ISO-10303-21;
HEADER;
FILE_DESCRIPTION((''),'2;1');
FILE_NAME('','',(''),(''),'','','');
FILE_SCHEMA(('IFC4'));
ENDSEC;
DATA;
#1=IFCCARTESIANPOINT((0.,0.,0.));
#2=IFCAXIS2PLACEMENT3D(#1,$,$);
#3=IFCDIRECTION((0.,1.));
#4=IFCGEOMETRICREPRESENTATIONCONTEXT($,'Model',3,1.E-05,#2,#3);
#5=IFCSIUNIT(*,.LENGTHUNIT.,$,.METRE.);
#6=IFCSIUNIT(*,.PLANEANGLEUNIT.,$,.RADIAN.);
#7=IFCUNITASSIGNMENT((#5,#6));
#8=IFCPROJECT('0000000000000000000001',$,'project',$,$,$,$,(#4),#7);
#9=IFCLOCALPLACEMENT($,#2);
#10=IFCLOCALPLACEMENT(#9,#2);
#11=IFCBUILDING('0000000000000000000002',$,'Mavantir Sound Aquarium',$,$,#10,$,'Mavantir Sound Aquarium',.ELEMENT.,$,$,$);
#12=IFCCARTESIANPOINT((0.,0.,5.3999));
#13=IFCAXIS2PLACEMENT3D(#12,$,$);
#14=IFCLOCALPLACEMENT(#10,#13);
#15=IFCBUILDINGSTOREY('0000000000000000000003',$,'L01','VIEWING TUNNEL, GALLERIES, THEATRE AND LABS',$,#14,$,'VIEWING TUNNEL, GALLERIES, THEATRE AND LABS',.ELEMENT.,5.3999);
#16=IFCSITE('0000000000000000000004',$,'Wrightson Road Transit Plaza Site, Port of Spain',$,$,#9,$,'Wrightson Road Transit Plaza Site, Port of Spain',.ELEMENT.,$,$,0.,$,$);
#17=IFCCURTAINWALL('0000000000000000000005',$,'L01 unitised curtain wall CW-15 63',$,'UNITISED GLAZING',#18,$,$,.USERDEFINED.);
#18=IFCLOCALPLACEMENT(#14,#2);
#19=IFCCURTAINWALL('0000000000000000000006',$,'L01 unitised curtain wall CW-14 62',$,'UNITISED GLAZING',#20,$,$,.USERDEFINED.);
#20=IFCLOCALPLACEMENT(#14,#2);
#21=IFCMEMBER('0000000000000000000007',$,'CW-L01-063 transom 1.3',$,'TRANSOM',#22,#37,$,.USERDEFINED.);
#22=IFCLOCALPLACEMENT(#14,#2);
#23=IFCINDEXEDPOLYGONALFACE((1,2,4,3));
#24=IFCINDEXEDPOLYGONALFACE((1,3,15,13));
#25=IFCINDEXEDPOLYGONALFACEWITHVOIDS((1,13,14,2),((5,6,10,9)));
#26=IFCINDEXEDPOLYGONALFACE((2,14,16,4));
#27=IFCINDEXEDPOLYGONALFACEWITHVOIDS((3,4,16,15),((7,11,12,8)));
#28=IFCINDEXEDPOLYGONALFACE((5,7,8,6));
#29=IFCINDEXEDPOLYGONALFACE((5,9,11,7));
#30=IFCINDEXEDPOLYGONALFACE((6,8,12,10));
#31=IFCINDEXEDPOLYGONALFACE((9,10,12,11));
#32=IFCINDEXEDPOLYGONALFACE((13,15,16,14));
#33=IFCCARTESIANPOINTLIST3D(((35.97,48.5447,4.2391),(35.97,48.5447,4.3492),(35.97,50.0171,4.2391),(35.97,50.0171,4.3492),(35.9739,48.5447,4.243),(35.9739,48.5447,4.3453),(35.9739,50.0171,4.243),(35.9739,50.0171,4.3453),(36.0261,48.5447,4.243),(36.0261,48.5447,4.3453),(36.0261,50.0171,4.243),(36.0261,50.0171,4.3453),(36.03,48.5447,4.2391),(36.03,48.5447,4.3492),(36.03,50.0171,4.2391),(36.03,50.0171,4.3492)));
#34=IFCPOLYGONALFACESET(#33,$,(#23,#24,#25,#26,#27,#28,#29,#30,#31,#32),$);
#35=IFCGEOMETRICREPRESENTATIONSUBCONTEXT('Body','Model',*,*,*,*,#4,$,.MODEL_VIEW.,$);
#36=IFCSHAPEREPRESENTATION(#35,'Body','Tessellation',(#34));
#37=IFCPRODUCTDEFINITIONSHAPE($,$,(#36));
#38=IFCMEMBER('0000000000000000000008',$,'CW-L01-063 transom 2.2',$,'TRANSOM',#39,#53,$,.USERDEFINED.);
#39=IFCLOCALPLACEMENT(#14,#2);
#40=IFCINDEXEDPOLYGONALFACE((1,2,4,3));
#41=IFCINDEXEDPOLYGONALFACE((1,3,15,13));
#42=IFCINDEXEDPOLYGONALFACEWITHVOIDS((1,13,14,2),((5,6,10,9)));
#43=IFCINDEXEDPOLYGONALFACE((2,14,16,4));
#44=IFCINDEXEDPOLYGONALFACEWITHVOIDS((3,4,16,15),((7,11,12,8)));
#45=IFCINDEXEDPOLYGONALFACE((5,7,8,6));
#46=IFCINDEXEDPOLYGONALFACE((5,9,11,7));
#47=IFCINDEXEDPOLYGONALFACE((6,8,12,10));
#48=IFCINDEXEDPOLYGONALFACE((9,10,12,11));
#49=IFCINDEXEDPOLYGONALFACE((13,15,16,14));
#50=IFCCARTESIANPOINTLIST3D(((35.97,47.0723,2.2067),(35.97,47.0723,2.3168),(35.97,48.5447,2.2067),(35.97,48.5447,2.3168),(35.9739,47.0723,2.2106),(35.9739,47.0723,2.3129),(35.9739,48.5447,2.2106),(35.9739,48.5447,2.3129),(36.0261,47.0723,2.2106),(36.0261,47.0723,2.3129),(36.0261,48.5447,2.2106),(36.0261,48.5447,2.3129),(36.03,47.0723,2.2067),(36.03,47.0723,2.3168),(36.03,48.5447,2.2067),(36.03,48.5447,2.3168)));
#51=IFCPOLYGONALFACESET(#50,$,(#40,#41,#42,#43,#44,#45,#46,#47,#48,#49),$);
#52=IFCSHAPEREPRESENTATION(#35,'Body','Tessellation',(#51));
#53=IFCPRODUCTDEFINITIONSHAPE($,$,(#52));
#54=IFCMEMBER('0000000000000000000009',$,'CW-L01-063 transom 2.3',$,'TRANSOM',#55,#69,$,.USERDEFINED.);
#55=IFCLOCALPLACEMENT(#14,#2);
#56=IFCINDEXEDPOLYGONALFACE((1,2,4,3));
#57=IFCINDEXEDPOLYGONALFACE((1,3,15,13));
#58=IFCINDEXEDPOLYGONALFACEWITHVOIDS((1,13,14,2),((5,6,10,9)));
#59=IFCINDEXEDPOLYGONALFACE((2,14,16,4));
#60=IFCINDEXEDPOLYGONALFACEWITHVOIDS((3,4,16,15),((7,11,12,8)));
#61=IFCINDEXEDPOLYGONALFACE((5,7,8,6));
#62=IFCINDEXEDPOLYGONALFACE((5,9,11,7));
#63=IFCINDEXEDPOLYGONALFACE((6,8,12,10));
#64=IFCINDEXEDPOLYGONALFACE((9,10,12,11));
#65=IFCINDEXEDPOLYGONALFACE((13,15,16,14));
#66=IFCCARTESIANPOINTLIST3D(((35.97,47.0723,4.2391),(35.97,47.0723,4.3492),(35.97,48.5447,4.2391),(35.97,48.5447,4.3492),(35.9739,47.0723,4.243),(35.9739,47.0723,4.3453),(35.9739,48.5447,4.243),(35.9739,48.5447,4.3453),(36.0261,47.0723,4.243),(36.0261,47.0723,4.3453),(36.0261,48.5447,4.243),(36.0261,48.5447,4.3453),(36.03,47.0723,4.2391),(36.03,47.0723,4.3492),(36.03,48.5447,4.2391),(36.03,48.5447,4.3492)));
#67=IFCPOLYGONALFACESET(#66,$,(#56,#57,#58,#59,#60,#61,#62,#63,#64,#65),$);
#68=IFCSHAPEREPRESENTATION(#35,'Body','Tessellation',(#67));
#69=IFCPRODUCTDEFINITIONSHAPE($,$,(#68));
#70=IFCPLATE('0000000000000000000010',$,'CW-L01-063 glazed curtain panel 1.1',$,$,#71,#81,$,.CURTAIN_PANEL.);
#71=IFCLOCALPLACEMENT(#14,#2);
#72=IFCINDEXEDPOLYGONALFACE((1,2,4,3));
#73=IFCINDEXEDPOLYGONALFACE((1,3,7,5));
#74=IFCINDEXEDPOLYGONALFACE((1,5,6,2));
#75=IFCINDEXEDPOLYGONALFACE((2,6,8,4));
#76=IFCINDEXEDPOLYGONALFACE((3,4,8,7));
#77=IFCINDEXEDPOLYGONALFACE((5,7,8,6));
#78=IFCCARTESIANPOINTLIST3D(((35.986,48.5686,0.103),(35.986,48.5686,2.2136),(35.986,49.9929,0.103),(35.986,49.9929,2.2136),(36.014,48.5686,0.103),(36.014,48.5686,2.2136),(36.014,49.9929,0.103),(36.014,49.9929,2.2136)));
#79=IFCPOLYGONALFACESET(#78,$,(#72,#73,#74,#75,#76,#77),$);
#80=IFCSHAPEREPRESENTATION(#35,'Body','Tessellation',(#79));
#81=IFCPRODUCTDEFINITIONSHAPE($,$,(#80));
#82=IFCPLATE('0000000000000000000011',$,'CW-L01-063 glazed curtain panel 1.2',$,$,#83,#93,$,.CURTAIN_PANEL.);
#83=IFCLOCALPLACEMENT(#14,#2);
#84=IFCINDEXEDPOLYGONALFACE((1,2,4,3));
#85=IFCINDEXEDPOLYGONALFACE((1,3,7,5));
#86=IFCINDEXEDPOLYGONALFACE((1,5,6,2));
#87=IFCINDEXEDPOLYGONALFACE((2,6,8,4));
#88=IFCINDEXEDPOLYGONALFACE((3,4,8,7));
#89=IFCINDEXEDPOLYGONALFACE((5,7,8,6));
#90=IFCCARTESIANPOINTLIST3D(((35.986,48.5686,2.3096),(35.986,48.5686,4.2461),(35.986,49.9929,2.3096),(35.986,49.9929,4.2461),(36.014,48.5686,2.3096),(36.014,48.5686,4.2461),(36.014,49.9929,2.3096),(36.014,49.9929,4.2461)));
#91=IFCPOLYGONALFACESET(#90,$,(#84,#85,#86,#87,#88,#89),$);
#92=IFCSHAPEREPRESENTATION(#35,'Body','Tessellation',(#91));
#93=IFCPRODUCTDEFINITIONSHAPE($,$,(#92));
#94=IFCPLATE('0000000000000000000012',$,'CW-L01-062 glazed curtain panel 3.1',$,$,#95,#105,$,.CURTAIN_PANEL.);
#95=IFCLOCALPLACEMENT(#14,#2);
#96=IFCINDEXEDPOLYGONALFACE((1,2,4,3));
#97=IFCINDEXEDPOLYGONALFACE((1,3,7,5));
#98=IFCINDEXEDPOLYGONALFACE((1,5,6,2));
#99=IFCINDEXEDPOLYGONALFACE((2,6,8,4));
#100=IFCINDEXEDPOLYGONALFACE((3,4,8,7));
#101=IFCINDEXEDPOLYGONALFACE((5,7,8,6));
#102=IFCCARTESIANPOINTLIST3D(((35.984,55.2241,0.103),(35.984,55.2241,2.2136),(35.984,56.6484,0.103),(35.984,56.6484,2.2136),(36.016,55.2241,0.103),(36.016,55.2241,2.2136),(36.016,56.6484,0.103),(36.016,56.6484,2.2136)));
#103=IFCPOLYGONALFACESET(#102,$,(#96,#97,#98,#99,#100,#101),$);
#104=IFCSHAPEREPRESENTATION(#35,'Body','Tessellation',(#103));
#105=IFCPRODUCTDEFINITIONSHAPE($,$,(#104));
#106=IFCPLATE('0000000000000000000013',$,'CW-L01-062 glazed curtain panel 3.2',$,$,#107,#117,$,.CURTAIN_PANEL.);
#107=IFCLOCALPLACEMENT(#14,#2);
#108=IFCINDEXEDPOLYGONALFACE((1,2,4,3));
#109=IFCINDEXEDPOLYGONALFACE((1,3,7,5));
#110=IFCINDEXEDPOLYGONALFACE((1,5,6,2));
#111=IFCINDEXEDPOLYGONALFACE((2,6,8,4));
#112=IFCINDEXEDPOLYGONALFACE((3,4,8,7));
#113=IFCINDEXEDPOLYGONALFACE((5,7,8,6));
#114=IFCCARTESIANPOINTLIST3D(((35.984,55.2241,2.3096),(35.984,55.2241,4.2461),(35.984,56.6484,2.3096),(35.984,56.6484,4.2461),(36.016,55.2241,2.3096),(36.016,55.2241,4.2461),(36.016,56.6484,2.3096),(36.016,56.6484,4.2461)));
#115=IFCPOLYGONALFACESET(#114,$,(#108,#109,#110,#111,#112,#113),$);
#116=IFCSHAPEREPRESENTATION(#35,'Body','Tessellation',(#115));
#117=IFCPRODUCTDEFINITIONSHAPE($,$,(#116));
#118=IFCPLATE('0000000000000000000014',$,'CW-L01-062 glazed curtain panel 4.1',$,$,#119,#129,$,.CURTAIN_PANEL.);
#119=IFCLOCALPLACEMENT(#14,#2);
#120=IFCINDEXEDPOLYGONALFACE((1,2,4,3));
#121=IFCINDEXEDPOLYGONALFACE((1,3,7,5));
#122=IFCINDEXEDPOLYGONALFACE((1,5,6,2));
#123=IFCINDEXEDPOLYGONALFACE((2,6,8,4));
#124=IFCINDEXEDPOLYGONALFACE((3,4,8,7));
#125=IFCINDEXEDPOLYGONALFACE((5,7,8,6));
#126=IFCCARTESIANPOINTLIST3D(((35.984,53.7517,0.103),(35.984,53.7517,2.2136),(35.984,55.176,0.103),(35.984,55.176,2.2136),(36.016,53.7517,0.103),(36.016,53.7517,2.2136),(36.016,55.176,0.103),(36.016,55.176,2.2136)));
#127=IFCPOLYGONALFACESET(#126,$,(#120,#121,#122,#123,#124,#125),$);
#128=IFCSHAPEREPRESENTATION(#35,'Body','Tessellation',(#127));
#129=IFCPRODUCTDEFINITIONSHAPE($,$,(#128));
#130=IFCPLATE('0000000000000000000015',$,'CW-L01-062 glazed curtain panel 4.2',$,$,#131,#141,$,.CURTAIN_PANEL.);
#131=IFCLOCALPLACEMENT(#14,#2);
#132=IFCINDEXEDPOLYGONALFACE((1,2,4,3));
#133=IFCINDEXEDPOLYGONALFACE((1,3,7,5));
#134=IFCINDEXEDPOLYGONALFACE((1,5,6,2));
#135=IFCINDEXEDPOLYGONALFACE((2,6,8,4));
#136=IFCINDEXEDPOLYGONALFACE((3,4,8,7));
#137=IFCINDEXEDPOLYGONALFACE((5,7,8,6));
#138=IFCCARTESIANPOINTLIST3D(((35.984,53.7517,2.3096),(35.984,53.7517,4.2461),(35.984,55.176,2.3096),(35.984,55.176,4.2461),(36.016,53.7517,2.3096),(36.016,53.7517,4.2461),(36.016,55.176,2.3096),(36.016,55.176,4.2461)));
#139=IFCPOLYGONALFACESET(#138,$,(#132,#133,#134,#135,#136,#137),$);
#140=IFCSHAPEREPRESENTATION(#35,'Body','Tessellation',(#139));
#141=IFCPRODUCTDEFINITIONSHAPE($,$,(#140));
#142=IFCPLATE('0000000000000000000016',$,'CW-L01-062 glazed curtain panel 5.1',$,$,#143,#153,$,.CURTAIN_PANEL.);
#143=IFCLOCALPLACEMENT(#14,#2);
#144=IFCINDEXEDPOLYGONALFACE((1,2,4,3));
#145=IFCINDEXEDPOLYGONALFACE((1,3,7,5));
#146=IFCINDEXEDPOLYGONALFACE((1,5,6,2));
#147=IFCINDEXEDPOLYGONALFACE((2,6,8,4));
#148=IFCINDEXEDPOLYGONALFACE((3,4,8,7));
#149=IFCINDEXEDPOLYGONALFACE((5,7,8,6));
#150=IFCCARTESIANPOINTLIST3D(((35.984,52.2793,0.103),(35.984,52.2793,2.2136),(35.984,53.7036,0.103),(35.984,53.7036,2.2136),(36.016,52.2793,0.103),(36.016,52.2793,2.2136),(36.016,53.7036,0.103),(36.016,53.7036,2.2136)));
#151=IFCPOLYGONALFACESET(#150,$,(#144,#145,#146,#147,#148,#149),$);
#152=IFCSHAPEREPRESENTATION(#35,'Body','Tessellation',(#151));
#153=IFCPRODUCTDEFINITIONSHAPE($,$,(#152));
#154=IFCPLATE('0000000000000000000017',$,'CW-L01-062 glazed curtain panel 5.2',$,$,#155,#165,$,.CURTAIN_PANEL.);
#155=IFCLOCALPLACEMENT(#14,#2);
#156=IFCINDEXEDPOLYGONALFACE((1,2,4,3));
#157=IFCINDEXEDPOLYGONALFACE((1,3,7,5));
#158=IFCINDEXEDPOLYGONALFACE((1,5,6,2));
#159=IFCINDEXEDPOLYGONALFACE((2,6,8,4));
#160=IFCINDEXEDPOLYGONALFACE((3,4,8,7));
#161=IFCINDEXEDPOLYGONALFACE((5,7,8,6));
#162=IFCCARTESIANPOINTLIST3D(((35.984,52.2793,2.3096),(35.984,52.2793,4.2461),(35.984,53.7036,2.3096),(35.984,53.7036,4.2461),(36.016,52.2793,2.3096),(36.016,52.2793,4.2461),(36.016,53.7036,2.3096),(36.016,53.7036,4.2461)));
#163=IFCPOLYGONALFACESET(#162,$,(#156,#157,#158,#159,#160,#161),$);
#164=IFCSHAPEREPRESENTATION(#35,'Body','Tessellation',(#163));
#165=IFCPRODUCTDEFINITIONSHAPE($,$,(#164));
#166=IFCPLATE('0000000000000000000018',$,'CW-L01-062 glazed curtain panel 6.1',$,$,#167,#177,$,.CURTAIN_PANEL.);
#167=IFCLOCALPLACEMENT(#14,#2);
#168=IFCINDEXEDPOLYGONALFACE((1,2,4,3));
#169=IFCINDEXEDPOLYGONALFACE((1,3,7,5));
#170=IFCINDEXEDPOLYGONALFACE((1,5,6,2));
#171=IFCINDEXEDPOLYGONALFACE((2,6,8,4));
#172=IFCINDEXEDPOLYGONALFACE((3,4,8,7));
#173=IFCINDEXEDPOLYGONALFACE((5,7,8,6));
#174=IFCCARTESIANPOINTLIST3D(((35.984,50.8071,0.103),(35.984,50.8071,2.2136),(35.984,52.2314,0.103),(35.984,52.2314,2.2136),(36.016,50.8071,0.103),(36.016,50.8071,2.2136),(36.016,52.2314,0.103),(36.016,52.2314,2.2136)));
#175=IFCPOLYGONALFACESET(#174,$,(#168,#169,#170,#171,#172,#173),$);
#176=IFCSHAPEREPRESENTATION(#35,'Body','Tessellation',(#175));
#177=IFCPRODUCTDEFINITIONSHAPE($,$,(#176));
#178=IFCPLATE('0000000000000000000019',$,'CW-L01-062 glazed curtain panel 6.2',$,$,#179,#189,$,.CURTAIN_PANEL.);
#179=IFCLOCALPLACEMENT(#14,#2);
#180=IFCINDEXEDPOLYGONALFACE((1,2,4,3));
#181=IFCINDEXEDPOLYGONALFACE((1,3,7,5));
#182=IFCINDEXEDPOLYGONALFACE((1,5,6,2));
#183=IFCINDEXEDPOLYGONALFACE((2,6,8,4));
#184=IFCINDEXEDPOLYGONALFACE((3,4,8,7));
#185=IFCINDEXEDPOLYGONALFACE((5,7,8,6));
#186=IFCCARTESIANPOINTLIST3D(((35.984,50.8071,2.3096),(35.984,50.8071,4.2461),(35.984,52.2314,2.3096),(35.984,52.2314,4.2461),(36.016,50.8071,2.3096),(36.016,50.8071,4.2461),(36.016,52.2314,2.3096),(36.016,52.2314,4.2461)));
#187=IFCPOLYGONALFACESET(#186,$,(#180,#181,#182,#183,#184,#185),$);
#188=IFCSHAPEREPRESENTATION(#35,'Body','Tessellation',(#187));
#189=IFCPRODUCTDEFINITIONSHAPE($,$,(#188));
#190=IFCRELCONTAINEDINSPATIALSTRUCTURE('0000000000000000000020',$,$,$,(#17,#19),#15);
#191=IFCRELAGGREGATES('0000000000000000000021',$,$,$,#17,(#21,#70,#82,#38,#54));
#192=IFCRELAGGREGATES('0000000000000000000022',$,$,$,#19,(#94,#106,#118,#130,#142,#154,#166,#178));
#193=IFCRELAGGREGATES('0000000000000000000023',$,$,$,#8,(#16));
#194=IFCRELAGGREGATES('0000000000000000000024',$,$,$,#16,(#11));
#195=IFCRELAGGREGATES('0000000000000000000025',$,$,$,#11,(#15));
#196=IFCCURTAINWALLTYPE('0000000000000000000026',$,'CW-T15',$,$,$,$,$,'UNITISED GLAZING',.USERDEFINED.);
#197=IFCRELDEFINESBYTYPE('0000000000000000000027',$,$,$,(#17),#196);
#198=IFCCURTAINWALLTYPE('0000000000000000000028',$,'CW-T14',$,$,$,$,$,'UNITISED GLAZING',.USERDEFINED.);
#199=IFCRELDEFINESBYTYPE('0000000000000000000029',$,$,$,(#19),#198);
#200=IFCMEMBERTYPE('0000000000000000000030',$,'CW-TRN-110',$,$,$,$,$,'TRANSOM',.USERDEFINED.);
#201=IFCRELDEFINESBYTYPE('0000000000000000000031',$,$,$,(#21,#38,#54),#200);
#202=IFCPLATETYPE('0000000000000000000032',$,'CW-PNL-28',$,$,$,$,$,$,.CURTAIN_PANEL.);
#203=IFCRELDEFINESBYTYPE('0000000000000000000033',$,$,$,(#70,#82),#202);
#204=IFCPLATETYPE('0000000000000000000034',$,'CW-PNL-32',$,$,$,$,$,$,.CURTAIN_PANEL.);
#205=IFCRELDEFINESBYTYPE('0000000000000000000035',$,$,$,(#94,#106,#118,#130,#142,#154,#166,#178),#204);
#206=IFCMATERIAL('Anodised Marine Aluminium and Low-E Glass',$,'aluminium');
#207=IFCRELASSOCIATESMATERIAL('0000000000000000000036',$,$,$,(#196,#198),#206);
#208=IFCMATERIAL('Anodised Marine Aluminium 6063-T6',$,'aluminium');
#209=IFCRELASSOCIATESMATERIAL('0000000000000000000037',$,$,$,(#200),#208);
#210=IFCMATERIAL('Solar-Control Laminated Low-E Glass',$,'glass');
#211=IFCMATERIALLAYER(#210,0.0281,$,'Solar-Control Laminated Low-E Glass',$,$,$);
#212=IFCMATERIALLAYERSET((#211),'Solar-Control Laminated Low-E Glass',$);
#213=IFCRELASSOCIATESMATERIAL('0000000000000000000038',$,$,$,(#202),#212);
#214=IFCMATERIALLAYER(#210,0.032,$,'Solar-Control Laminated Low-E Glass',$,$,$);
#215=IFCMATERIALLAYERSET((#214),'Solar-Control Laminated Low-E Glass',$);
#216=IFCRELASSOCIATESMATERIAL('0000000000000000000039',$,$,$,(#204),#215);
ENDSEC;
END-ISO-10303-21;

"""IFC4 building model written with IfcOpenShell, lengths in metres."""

from ifc_helpers import new_model, si_unit, direction, frame, origin, origin_2d, place, context, subcontext, project, spatial, rectangle, hollow_rectangle, extrude, material, layer, layer_set, material_profile, profile_set, type_object, element, aggregate, save


model = new_model("IFC4")

# Units and contexts
model_context = context("Model", 3, precision=1e-05, world=origin(), true_north=direction((0.0, 1.0)))
body_context = subcontext(model_context, "Body", "Model", "MODEL_VIEW")
ifc_project = project(units=[si_unit("LENGTHUNIT", "METRE"), si_unit("PLANEANGLEUNIT", "RADIAN")], contexts=[model_context])

# Site, building, storey
site_placement = place(None, origin())
site = spatial("IfcSite", under=ifc_project, at=site_placement, Name="Wrightson Road Transit Plaza Site, Port of Spain", LongName="Wrightson Road Transit Plaza Site, Port of Spain", CompositionType="ELEMENT", RefElevation=0.0)
building_placement = place(site_placement, origin())
building = spatial("IfcBuilding", under=site, at=building_placement, Name="Mavantir Sound Aquarium", LongName="Mavantir Sound Aquarium", CompositionType="ELEMENT")
storey_placement = place(building_placement, frame((0.0, 0.0, 5.3999)))
storey = spatial("IfcBuildingStorey", under=building, at=storey_placement, Name="L01", Description="VIEWING TUNNEL, GALLERIES, THEATRE AND LABS", LongName="VIEWING TUNNEL, GALLERIES, THEATRE AND LABS", CompositionType="ELEMENT", Elevation=5.3999)

# Curtain wall
ifc_material_1 = material(Name="Anodised Marine Aluminium and Low-E Glass", Category="aluminium")
curtain_wall_type_1 = type_object("IfcCurtainWallType", Name="CW-T15", ElementType="UNITISED GLAZING", PredefinedType="USERDEFINED", material=ifc_material_1)
curtain_wall_1_placement = place(storey_placement, origin())
curtain_wall_1 = element("IfcCurtainWall", 1, at=curtain_wall_1_placement, inside=storey, type_object=curtain_wall_type_1, Name="L01 unitised curtain wall CW-15 63", ObjectType="UNITISED GLAZING", PredefinedType="USERDEFINED")
ifc_material_2 = material(Name="Anodised Marine Aluminium 6063-T6", Category="aluminium")

# Curtain wall
curtain_wall_type_2 = type_object("IfcCurtainWallType", Name="CW-T14", ElementType="UNITISED GLAZING", PredefinedType="USERDEFINED", material=ifc_material_1)
curtain_wall_2_placement = place(storey_placement, origin())
curtain_wall_2 = element("IfcCurtainWall", 2, at=curtain_wall_2_placement, inside=storey, type_object=curtain_wall_type_2, Name="L01 unitised curtain wall CW-14 62", ObjectType="UNITISED GLAZING", PredefinedType="USERDEFINED")
ifc_material_profile_1 = material_profile(ifc_material_2, hollow_rectangle(XDim=0.0601, YDim=0.1101, WallThickness=0.0039, at=origin_2d()), Name="ALU-TRANSOM-110X60")
ifc_profile_set_1 = profile_set([ifc_material_profile_1], Name="Anodised Marine Aluminium 6063-T6")
member_type_1 = type_object("IfcMemberType", Name="CW-TRN-110", ElementType="TRANSOM", PredefinedType="USERDEFINED", material=ifc_profile_set_1)

# Members
member_1_placement = place(storey_placement, frame((36.0, 50.0171, 4.2942), z_axis=(0.0, -1.0, 0.0), x_axis=(1.0, 0.0, 0.0)))
member_1 = element("IfcMember", 3, at=member_1_placement, type_object=member_type_1, Name="CW-L01-063 transom 1.3", ObjectType="TRANSOM", PredefinedType="USERDEFINED", context=body_context, shape_type="SweptSolid", body=[
    extrude(hollow_rectangle(XDim=0.0601, YDim=0.1101, WallThickness=0.0039, at=origin_2d()), origin(), (0.0, 0.0, 1.0), 1.4724),
])
member_2_placement = place(storey_placement, frame((36.0, 48.5447, 2.2617), z_axis=(0.0, -1.0, 0.0), x_axis=(1.0, 0.0, 0.0)))
member_2 = element("IfcMember", 4, at=member_2_placement, type_object=member_type_1, Name="CW-L01-063 transom 2.2", ObjectType="TRANSOM", PredefinedType="USERDEFINED", context=body_context, shape_type="SweptSolid", body=[
    extrude(hollow_rectangle(XDim=0.0601, YDim=0.1101, WallThickness=0.0039, at=origin_2d()), origin(), (0.0, 0.0, 1.0), 1.4724),
])
member_3_placement = place(storey_placement, frame((36.0, 48.5447, 4.2942), z_axis=(0.0, -1.0, 0.0), x_axis=(1.0, 0.0, 0.0)))
member_3 = element("IfcMember", 5, at=member_3_placement, type_object=member_type_1, Name="CW-L01-063 transom 2.3", ObjectType="TRANSOM", PredefinedType="USERDEFINED", context=body_context, shape_type="SweptSolid", body=[
    extrude(hollow_rectangle(XDim=0.0601, YDim=0.1101, WallThickness=0.0039, at=origin_2d()), origin(), (0.0, 0.0, 1.0), 1.4724),
])

# Plates
ifc_material_3 = material(Name="Solar-Control Laminated Low-E Glass", Category="glass")
ifc_layer_1 = layer(ifc_material_3, 0.0281, Name="Solar-Control Laminated Low-E Glass")
ifc_layer_set_1 = layer_set([ifc_layer_1], Name="Solar-Control Laminated Low-E Glass")
plate_type_1 = type_object("IfcPlateType", Name="CW-PNL-28", PredefinedType="CURTAIN_PANEL", material=ifc_layer_set_1)
plate_1_placement = place(storey_placement, frame((36.0, 49.2808, 0.103), z_axis=(0.0, 0.0, 1.0), x_axis=(0.0, -1.0, 0.0)))
plate_1 = element("IfcPlate", 6, at=plate_1_placement, type_object=plate_type_1, Name="CW-L01-063 glazed curtain panel 1.1", PredefinedType="CURTAIN_PANEL", context=body_context, shape_type="SweptSolid", body=[
    extrude(rectangle(XDim=1.4243, YDim=0.0281, at=origin_2d()), origin(), (0.0, 0.0, 1.0), 2.1106),
])
plate_2_placement = place(storey_placement, frame((36.0, 49.2808, 2.3096), z_axis=(0.0, 0.0, 1.0), x_axis=(0.0, -1.0, 0.0)))
plate_2 = element("IfcPlate", 7, at=plate_2_placement, type_object=plate_type_1, Name="CW-L01-063 glazed curtain panel 1.2", PredefinedType="CURTAIN_PANEL", context=body_context, shape_type="SweptSolid", body=[
    extrude(rectangle(XDim=1.4243, YDim=0.0281, at=origin_2d()), origin(), (0.0, 0.0, 1.0), 1.9365),
])
aggregate(curtain_wall_1, [member_1, plate_1, plate_2, member_2, member_3])
ifc_layer_2 = layer(ifc_material_3, 0.032, Name="Solar-Control Laminated Low-E Glass")
ifc_layer_set_2 = layer_set([ifc_layer_2], Name="Solar-Control Laminated Low-E Glass")
plate_type_2 = type_object("IfcPlateType", Name="CW-PNL-32", PredefinedType="CURTAIN_PANEL", material=ifc_layer_set_2)
plate_3_placement = place(storey_placement, frame((36.0, 55.9363, 0.103), z_axis=(0.0, 0.0, 1.0), x_axis=(0.0, -1.0, 0.0)))
plate_3 = element("IfcPlate", 8, at=plate_3_placement, type_object=plate_type_2, Name="CW-L01-062 glazed curtain panel 3.1", PredefinedType="CURTAIN_PANEL", context=body_context, shape_type="SweptSolid", body=[
    extrude(rectangle(XDim=1.4243, YDim=0.032, at=origin_2d()), origin(), (0.0, 0.0, 1.0), 2.1106),
])
plate_4_placement = place(storey_placement, frame((36.0, 55.9363, 2.3096), z_axis=(0.0, 0.0, 1.0), x_axis=(0.0, -1.0, 0.0)))
plate_4 = element("IfcPlate", 9, at=plate_4_placement, type_object=plate_type_2, Name="CW-L01-062 glazed curtain panel 3.2", PredefinedType="CURTAIN_PANEL", context=body_context, shape_type="SweptSolid", body=[
    extrude(rectangle(XDim=1.4243, YDim=0.032, at=origin_2d()), origin(), (0.0, 0.0, 1.0), 1.9365),
])
plate_5_placement = place(storey_placement, frame((36.0, 54.4639, 0.103), z_axis=(0.0, 0.0, 1.0), x_axis=(0.0, -1.0, 0.0)))
plate_5 = element("IfcPlate", 10, at=plate_5_placement, type_object=plate_type_2, Name="CW-L01-062 glazed curtain panel 4.1", PredefinedType="CURTAIN_PANEL", context=body_context, shape_type="SweptSolid", body=[
    extrude(rectangle(XDim=1.4243, YDim=0.032, at=origin_2d()), origin(), (0.0, 0.0, 1.0), 2.1106),
])
plate_6_placement = place(storey_placement, frame((36.0, 54.4639, 2.3096), z_axis=(0.0, 0.0, 1.0), x_axis=(0.0, -1.0, 0.0)))
plate_6 = element("IfcPlate", 11, at=plate_6_placement, type_object=plate_type_2, Name="CW-L01-062 glazed curtain panel 4.2", PredefinedType="CURTAIN_PANEL", context=body_context, shape_type="SweptSolid", body=[
    extrude(rectangle(XDim=1.4243, YDim=0.032, at=origin_2d()), origin(), (0.0, 0.0, 1.0), 1.9365),
])
plate_7_placement = place(storey_placement, frame((36.0, 52.9915, 0.103), z_axis=(0.0, 0.0, 1.0), x_axis=(0.0, -1.0, 0.0)))
plate_7 = element("IfcPlate", 12, at=plate_7_placement, type_object=plate_type_2, Name="CW-L01-062 glazed curtain panel 5.1", PredefinedType="CURTAIN_PANEL", context=body_context, shape_type="SweptSolid", body=[
    extrude(rectangle(XDim=1.4243, YDim=0.032, at=origin_2d()), origin(), (0.0, 0.0, 1.0), 2.1106),
])
plate_8_placement = place(storey_placement, frame((36.0, 52.9915, 2.3096), z_axis=(0.0, 0.0, 1.0), x_axis=(0.0, -1.0, 0.0)))
plate_8 = element("IfcPlate", 13, at=plate_8_placement, type_object=plate_type_2, Name="CW-L01-062 glazed curtain panel 5.2", PredefinedType="CURTAIN_PANEL", context=body_context, shape_type="SweptSolid", body=[
    extrude(rectangle(XDim=1.4243, YDim=0.032, at=origin_2d()), origin(), (0.0, 0.0, 1.0), 1.9365),
])
plate_9_placement = place(storey_placement, frame((36.0, 51.5193, 0.103), z_axis=(0.0, 0.0, 1.0), x_axis=(0.0, -1.0, 0.0)))
plate_9 = element("IfcPlate", 14, at=plate_9_placement, type_object=plate_type_2, Name="CW-L01-062 glazed curtain panel 6.1", PredefinedType="CURTAIN_PANEL", context=body_context, shape_type="SweptSolid", body=[
    extrude(rectangle(XDim=1.4243, YDim=0.032, at=origin_2d()), origin(), (0.0, 0.0, 1.0), 2.1106),
])
plate_10_placement = place(storey_placement, frame((36.0, 51.5193, 2.3096), z_axis=(0.0, 0.0, 1.0), x_axis=(0.0, -1.0, 0.0)))
plate_10 = element("IfcPlate", 15, at=plate_10_placement, type_object=plate_type_2, Name="CW-L01-062 glazed curtain panel 6.2", PredefinedType="CURTAIN_PANEL", context=body_context, shape_type="SweptSolid", body=[
    extrude(rectangle(XDim=1.4243, YDim=0.032, at=origin_2d()), origin(), (0.0, 0.0, 1.0), 1.9365),
])
aggregate(curtain_wall_2, [plate_3, plate_4, plate_5, plate_6, plate_7, plate_8, plate_9, plate_10])

save(model, "model.ifc")
